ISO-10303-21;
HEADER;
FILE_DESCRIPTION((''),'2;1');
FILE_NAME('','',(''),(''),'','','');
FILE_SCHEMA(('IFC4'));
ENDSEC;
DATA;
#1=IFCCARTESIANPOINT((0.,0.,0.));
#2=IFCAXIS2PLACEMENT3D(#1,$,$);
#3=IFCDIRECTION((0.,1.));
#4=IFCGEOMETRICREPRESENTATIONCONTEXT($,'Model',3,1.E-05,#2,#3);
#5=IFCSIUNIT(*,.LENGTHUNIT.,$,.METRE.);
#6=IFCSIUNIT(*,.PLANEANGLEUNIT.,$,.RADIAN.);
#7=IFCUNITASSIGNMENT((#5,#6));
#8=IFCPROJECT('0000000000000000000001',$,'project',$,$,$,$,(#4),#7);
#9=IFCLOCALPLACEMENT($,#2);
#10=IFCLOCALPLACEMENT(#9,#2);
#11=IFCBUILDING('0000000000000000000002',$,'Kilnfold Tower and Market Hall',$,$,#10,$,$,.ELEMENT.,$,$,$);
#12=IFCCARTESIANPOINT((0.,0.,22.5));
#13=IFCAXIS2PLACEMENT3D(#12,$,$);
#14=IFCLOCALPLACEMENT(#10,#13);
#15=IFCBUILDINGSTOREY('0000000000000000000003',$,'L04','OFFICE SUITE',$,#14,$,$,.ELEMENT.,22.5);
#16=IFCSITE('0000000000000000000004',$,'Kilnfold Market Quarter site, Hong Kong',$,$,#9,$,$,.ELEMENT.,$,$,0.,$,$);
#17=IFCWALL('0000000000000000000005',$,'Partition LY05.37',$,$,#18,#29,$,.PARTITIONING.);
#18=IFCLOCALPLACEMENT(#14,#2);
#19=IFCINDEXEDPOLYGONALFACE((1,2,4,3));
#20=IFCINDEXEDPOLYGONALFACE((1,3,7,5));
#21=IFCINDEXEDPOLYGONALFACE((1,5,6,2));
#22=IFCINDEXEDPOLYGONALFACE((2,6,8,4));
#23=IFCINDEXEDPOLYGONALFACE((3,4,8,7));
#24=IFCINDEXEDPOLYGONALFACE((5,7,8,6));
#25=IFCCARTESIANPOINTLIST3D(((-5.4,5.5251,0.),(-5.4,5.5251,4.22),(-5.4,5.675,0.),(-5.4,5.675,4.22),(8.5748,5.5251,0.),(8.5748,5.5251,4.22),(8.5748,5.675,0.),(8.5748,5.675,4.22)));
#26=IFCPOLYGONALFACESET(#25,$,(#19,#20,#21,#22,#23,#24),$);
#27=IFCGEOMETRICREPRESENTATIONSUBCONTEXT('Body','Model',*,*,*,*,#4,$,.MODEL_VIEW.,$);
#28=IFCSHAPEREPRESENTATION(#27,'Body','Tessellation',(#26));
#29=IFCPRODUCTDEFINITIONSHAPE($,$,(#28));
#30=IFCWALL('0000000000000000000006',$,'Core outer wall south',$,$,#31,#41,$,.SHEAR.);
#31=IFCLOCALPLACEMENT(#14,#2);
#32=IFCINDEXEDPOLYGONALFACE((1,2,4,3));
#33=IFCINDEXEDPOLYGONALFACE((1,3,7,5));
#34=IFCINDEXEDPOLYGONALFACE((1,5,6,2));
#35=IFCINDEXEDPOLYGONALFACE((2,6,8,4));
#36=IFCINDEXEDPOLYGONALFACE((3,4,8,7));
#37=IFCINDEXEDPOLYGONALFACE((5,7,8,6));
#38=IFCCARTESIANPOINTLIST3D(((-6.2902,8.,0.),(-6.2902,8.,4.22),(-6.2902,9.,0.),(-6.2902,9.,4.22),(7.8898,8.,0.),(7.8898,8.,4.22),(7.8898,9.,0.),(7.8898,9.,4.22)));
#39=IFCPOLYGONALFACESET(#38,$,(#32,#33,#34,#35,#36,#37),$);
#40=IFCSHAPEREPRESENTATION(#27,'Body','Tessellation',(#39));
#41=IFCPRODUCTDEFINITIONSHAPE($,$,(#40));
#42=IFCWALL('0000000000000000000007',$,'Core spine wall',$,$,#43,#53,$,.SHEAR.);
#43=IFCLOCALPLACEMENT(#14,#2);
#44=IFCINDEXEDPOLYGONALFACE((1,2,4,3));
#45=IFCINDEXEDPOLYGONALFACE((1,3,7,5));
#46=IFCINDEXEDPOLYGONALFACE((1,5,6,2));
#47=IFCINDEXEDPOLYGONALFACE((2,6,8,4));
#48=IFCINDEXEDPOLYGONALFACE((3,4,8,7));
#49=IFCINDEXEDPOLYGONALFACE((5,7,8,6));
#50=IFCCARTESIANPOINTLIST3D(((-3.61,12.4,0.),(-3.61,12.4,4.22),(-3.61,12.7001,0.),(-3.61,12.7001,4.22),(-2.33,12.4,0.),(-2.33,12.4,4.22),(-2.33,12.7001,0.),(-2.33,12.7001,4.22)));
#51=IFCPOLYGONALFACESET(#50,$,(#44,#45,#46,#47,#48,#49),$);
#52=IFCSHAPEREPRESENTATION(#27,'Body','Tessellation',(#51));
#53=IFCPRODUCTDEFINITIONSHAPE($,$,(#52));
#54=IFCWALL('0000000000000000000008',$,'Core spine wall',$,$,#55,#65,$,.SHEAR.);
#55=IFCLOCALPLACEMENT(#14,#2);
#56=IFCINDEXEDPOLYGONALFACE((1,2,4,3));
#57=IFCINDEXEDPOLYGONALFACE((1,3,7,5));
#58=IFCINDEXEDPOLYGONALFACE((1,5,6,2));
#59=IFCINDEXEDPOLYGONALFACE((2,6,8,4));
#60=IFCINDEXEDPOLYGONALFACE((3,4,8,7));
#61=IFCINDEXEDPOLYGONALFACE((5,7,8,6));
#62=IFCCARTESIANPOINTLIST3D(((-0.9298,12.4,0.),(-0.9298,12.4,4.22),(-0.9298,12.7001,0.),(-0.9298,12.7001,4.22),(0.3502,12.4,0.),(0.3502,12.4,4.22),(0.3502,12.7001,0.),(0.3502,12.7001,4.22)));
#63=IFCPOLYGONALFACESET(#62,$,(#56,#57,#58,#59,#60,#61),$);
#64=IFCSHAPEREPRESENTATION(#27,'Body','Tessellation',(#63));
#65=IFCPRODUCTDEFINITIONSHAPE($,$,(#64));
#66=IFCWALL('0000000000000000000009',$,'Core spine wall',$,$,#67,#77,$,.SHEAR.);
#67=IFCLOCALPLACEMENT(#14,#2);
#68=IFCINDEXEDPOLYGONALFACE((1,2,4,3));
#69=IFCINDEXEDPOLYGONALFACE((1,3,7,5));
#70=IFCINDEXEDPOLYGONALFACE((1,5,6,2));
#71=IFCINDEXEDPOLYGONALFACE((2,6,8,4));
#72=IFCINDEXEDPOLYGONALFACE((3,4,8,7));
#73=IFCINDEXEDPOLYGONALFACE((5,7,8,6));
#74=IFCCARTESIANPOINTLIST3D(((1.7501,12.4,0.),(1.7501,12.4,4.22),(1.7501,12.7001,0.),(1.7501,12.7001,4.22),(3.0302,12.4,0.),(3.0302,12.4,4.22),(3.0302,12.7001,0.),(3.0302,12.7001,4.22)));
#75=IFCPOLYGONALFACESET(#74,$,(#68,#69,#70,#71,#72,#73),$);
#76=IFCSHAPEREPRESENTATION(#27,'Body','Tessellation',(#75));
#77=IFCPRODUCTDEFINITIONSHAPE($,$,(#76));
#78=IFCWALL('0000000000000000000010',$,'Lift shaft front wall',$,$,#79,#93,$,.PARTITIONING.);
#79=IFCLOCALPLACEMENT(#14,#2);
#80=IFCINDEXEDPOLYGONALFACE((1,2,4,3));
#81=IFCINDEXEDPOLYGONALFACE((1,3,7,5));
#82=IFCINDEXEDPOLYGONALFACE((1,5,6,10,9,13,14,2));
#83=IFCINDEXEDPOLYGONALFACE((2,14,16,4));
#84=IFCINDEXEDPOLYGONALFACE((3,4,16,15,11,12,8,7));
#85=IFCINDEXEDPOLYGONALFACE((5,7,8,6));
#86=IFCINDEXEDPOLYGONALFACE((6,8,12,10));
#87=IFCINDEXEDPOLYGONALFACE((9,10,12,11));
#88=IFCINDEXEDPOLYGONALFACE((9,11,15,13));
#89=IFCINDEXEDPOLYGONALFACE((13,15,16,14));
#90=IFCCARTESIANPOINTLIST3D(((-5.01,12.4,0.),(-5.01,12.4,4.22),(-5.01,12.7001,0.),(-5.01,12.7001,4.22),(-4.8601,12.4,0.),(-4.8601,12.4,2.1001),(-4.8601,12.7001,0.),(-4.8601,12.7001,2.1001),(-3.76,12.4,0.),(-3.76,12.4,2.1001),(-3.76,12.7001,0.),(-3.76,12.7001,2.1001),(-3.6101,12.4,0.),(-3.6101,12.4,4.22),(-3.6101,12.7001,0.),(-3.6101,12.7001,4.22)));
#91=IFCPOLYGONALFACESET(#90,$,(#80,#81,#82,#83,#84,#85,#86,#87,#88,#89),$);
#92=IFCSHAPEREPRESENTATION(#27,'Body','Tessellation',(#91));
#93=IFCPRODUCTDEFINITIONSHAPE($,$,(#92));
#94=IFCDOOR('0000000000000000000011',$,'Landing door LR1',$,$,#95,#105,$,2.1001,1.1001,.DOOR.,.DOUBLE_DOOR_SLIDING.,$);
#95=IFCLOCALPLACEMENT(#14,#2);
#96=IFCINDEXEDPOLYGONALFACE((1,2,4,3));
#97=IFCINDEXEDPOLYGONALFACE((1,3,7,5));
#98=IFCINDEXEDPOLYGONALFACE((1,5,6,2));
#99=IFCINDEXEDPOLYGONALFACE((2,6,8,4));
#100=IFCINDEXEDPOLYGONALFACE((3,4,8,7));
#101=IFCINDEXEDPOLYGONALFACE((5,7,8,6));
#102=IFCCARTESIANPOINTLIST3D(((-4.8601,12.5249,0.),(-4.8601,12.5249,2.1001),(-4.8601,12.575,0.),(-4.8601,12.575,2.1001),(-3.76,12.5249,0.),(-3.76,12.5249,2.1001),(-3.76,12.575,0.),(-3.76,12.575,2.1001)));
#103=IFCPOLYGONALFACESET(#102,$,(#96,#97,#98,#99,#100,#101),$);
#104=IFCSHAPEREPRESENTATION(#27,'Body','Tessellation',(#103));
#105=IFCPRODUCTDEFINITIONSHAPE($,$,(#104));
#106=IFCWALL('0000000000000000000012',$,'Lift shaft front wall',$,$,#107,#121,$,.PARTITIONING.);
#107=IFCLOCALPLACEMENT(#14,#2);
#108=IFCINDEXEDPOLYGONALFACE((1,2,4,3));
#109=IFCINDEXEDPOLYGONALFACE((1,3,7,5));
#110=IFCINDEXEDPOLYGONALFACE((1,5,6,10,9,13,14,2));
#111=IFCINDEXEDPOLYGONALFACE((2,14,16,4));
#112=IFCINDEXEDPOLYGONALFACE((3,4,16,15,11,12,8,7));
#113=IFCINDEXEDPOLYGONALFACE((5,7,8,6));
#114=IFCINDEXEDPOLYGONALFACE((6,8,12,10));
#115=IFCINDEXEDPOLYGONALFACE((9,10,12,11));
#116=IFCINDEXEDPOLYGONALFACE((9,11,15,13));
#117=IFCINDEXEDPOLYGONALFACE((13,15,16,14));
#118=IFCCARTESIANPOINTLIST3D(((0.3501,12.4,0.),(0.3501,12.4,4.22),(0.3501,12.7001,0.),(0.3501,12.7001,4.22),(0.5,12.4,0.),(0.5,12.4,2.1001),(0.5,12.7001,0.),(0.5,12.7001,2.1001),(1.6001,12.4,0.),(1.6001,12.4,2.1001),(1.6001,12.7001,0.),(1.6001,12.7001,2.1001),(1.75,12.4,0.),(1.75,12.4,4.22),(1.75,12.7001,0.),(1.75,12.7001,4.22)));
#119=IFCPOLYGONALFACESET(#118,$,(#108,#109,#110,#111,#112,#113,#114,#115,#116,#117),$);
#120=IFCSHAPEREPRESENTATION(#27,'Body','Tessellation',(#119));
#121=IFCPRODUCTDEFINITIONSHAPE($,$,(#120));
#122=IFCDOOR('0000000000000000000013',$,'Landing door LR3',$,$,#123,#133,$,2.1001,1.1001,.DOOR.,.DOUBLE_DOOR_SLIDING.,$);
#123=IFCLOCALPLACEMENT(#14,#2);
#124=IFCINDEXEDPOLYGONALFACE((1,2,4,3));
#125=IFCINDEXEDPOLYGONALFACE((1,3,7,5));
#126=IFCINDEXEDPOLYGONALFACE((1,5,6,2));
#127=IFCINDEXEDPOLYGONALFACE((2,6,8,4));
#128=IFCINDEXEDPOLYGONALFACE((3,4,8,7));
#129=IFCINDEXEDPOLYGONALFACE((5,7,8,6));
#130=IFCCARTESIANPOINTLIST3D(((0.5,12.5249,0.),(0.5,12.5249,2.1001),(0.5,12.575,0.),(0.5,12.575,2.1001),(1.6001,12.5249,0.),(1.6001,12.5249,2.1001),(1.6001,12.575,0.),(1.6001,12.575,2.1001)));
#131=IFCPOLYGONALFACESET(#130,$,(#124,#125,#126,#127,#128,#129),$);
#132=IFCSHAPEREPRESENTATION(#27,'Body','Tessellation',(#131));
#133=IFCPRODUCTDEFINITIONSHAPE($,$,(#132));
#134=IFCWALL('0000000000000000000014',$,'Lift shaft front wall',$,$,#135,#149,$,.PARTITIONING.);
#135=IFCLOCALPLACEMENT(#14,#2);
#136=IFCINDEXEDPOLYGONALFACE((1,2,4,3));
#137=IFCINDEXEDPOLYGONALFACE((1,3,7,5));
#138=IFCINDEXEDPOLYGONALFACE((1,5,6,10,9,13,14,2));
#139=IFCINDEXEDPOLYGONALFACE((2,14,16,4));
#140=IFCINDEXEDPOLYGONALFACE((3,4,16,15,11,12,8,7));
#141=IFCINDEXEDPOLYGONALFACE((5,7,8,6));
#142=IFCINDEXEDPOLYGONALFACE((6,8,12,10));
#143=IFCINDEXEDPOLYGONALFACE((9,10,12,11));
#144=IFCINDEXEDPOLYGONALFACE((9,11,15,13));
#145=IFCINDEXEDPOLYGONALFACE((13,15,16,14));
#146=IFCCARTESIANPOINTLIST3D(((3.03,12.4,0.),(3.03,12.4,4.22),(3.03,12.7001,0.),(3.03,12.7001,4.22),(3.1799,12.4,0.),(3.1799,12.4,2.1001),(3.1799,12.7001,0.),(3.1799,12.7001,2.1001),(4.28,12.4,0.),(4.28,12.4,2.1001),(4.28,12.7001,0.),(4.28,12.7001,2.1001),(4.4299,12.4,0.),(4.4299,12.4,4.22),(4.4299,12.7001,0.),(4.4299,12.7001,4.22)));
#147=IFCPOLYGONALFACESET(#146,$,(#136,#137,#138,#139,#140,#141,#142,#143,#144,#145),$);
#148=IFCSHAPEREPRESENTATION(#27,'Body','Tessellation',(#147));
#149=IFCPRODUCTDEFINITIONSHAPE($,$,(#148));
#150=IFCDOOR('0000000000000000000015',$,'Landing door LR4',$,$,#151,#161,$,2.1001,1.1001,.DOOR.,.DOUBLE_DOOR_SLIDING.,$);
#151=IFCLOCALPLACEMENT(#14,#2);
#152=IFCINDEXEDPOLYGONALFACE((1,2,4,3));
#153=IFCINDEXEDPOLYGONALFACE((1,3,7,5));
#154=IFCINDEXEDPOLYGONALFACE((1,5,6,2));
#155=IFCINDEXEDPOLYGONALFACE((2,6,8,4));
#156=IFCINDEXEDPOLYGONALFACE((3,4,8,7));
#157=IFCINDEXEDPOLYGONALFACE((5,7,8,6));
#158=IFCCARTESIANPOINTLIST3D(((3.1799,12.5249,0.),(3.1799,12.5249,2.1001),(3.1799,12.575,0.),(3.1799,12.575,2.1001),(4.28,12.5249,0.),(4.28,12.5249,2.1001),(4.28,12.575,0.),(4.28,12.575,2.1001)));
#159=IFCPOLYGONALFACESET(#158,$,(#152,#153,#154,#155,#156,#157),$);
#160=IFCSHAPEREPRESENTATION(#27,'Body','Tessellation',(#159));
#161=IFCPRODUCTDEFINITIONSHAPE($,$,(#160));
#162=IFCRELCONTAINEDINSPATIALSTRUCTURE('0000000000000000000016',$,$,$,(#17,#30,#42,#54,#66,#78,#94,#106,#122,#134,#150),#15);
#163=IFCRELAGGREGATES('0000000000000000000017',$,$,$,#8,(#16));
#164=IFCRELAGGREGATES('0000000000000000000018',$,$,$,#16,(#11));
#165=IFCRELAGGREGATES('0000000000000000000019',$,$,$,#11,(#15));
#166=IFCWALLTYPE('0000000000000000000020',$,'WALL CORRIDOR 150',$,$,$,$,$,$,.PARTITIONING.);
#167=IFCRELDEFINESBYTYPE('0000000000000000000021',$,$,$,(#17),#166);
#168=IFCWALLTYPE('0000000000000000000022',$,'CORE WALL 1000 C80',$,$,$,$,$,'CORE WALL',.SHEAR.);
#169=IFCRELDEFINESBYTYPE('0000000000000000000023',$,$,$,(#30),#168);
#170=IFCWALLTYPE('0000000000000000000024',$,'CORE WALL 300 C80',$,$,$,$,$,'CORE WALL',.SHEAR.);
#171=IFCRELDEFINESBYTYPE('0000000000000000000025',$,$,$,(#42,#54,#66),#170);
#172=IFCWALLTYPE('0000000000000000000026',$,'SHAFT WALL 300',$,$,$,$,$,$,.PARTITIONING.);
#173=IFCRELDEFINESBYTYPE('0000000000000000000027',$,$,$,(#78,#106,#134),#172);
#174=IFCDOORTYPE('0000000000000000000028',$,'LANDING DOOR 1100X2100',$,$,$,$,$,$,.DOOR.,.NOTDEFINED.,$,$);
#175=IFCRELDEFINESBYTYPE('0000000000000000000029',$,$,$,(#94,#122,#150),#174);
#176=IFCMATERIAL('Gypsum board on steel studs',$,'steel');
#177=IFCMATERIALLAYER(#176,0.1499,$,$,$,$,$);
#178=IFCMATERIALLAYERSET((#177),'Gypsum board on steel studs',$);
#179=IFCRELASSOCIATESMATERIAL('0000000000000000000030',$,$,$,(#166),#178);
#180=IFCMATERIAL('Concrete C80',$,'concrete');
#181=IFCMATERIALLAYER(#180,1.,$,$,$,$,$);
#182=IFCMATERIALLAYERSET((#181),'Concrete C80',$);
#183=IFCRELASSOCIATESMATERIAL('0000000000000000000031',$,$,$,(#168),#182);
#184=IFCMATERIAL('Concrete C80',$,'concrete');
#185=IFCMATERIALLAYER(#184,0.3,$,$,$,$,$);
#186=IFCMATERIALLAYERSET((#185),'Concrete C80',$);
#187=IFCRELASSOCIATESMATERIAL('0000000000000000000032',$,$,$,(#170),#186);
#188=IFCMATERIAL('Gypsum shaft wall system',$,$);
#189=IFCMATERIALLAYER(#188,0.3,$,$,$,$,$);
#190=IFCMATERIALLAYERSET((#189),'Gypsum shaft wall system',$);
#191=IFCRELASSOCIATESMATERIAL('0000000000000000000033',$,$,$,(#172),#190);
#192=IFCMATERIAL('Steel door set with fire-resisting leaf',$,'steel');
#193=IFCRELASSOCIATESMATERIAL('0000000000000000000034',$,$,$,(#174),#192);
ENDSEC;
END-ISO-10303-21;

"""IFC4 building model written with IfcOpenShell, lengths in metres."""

from ifc_helpers import new_model, si_unit, direction, frame, frame_2d, origin, place, context, subcontext, project, spatial, rectangle, extrude, source, transform, mapped, material, layer, layer_set, type_object, element, fill, save


model = new_model("IFC4")

# Units and contexts
model_context = context("Model", 3, precision=1e-05, world=origin(), true_north=direction((0.0, 1.0)))
body_context = subcontext(model_context, "Body", "Model", "MODEL_VIEW")
ifc_project = project(units=[si_unit("LENGTHUNIT", "METRE"), si_unit("PLANEANGLEUNIT", "RADIAN")], contexts=[model_context])

# Site, building, storey
site_placement = place(None, origin())
site = spatial("IfcSite", under=ifc_project, at=site_placement, Name="Kilnfold Market Quarter site, Hong Kong", CompositionType="ELEMENT", RefElevation=0.0)
building_placement = place(site_placement, origin())
building = spatial("IfcBuilding", under=site, at=building_placement, Name="Kilnfold Tower and Market Hall", CompositionType="ELEMENT")
storey_placement = place(building_placement, frame((0.0, 0.0, 22.5)))
storey = spatial("IfcBuildingStorey", under=building, at=storey_placement, Name="L04", Description="OFFICE SUITE", CompositionType="ELEMENT", Elevation=22.5)

# Walls
ifc_material_1 = material(Name="Gypsum board on steel studs", Category="steel")
ifc_layer_1 = layer(ifc_material_1, 0.1499)
ifc_layer_set_1 = layer_set([ifc_layer_1], Name="Gypsum board on steel studs")
wall_type_1 = type_object("IfcWallType", Name="WALL CORRIDOR 150", PredefinedType="PARTITIONING", material=ifc_layer_set_1)
wall_1_placement = place(storey_placement, frame((-5.3999, 5.6001, 0.0), z_axis=(0.0, 0.0, 1.0), x_axis=(1.0, 0.0, 0.0)))
element("IfcWall", 1, at=wall_1_placement, inside=storey, type_object=wall_type_1, Name="Partition LY05.37", PredefinedType="PARTITIONING", context=body_context, shape_type="SweptSolid", body=[
    extrude(rectangle(XDim=13.9749, YDim=0.1499, at=frame_2d((6.9873, 0.0))), origin(), (0.0, 0.0, 1.0), 4.22),
])
ifc_material_2 = material(Name="Concrete C80", Category="concrete")
ifc_layer_2 = layer(ifc_material_2, 1.0)
ifc_layer_set_2 = layer_set([ifc_layer_2], Name="Concrete C80")
wall_type_2 = type_object("IfcWallType", Name="CORE WALL 1000 C80", ElementType="CORE WALL", PredefinedType="SHEAR", material=ifc_layer_set_2)
shared_shape_1 = source(origin(), body_context, "Body", "SweptSolid", [
    extrude(rectangle(XDim=14.1799, YDim=1.0, at=frame_2d((7.0898, 0.0))), origin(), (0.0, 0.0, 1.0), 4.22),
])
wall_2_placement = place(storey_placement, frame((-6.29, 8.5, 0.0), z_axis=(0.0, 0.0, 1.0), x_axis=(1.0, 0.0, 0.0)))
element("IfcWall", 2, at=wall_2_placement, inside=storey, type_object=wall_type_2, Name="Core outer wall south", PredefinedType="SHEAR", context=body_context, shape_type="MappedRepresentation", body=[
    mapped(shared_shape_1, transform((0.0, 0.0, 0.0))),
])
ifc_material_3 = material(Name="Concrete C80", Category="concrete")
ifc_layer_3 = layer(ifc_material_3, 0.3)
ifc_layer_set_3 = layer_set([ifc_layer_3], Name="Concrete C80")
wall_type_3 = type_object("IfcWallType", Name="CORE WALL 300 C80", ElementType="CORE WALL", PredefinedType="SHEAR", material=ifc_layer_set_3)
shared_shape_2 = source(origin(), body_context, "Body", "SweptSolid", [
    extrude(rectangle(XDim=1.28, YDim=0.3, at=frame_2d((0.6401, 0.0))), origin(), (0.0, 0.0, 1.0), 4.22),
])
for number, where, z_axis, x_axis, name in (
    (3, (-3.6101, 12.55, 0.0), (0.0, 0.0, 1.0), (1.0, 0.0, 0.0), "Core spine wall"),
    (4, (-0.9299, 12.55, 0.0), (0.0, 0.0, 1.0), (1.0, 0.0, 0.0), "Core spine wall"),
    (5, (1.75, 12.55, 0.0), (0.0, 0.0, 1.0), (1.0, 0.0, 0.0), "Core spine wall"),
):
    element("IfcWall", number, at=place(storey_placement, frame(where, z_axis=z_axis, x_axis=x_axis)), inside=storey, type_object=wall_type_3, Name=name, PredefinedType="SHEAR", context=body_context, shape_type="MappedRepresentation", body=[
        mapped(shared_shape_2, transform((0.0, 0.0, 0.0))),
    ])

# Walls, openings, doors
ifc_material_4 = material(Name="Gypsum shaft wall system")
ifc_layer_4 = layer(ifc_material_4, 0.3)
ifc_layer_set_4 = layer_set([ifc_layer_4], Name="Gypsum shaft wall system")
wall_type_4 = type_object("IfcWallType", Name="SHAFT WALL 300", PredefinedType="PARTITIONING", material=ifc_layer_set_4)
shared_shape_3 = source(origin(), body_context, "Body", "SweptSolid", [
    extrude(rectangle(XDim=1.3999, YDim=0.3, at=frame_2d((0.7, 0.0))), origin(), (0.0, 0.0, 1.0), 4.22),
])
wall_3_placement = place(storey_placement, frame((-5.01, 12.55, 0.0), z_axis=(0.0, 0.0, 1.0), x_axis=(1.0, 0.0, 0.0)))
wall_3 = element("IfcWall", 6, at=wall_3_placement, inside=storey, type_object=wall_type_4, Name="Lift shaft front wall", PredefinedType="PARTITIONING", context=body_context, shape_type="MappedRepresentation", body=[
    mapped(shared_shape_3, transform((0.0, 0.0, 0.0))),
])
opening_1_placement = place(wall_3_placement, frame((0.1499, 0.0, 0.0)))
opening_1 = element("IfcOpeningElement", 7, at=opening_1_placement, cuts=wall_3, PredefinedType="OPENING", context=body_context, shape_type="SweptSolid", body=[
    extrude(rectangle(XDim=1.1001, YDim=2.1001, at=frame_2d((0.55, 1.05))), frame((0.0, 0.1602, 0.0), z_axis=(0.0, -1.0, 0.0), x_axis=(1.0, 0.0, 0.0)), (0.0, 0.0, 1.0), 0.3201),
])
ifc_material_5 = material(Name="Steel door set with fire-resisting leaf", Category="steel")
door_type = type_object("IfcDoorType", Name="LANDING DOOR 1100X2100", OperationType="NOTDEFINED", PredefinedType="DOOR", material=ifc_material_5)
door_1_placement = place(opening_1_placement, origin())
door_1 = element("IfcDoor", 8, at=door_1_placement, inside=storey, type_object=door_type, Name="Landing door LR1", OperationType="DOUBLE_DOOR_SLIDING", OverallHeight=2.1001, OverallWidth=1.1001, PredefinedType="DOOR", context=body_context, shape_type="SweptSolid", body=[
    extrude(rectangle(XDim=1.1001, YDim=2.1001, at=frame_2d((0.55, 1.05))), frame((0.0, 0.0249, 0.0), z_axis=(0.0, -1.0, 0.0), x_axis=(1.0, 0.0, 0.0)), (0.0, 0.0, 1.0), 0.05),
])
fill(opening_1, door_1)
wall_4_placement = place(storey_placement, frame((0.3501, 12.55, 0.0), z_axis=(0.0, 0.0, 1.0), x_axis=(1.0, 0.0, 0.0)))
wall_4 = element("IfcWall", 9, at=wall_4_placement, inside=storey, type_object=wall_type_4, Name="Lift shaft front wall", PredefinedType="PARTITIONING", context=body_context, shape_type="MappedRepresentation", body=[
    mapped(shared_shape_3, transform((0.0, 0.0, 0.0))),
])
opening_2_placement = place(wall_4_placement, frame((0.1499, 0.0, 0.0)))
opening_2 = element("IfcOpeningElement", 10, at=opening_2_placement, cuts=wall_4, PredefinedType="OPENING", context=body_context, shape_type="SweptSolid", body=[
    extrude(rectangle(XDim=1.1001, YDim=2.1001, at=frame_2d((0.55, 1.05))), frame((0.0, 0.1602, 0.0), z_axis=(0.0, -1.0, 0.0), x_axis=(1.0, 0.0, 0.0)), (0.0, 0.0, 1.0), 0.3201),
])
door_2_placement = place(opening_2_placement, origin())
door_2 = element("IfcDoor", 11, at=door_2_placement, inside=storey, type_object=door_type, Name="Landing door LR3", OperationType="DOUBLE_DOOR_SLIDING", OverallHeight=2.1001, OverallWidth=1.1001, PredefinedType="DOOR", context=body_context, shape_type="SweptSolid", body=[
    extrude(rectangle(XDim=1.1001, YDim=2.1001, at=frame_2d((0.55, 1.05))), frame((0.0, 0.0249, 0.0), z_axis=(0.0, -1.0, 0.0), x_axis=(1.0, 0.0, 0.0)), (0.0, 0.0, 1.0), 0.05),
])
fill(opening_2, door_2)
wall_5_placement = place(storey_placement, frame((3.03, 12.55, 0.0), z_axis=(0.0, 0.0, 1.0), x_axis=(1.0, 0.0, 0.0)))
wall_5 = element("IfcWall", 12, at=wall_5_placement, inside=storey, type_object=wall_type_4, Name="Lift shaft front wall", PredefinedType="PARTITIONING", context=body_context, shape_type="MappedRepresentation", body=[
    mapped(shared_shape_3, transform((0.0, 0.0, 0.0))),
])
opening_3_placement = place(wall_5_placement, frame((0.1499, 0.0, 0.0)))
opening_3 = element("IfcOpeningElement", 13, at=opening_3_placement, cuts=wall_5, PredefinedType="OPENING", context=body_context, shape_type="SweptSolid", body=[
    extrude(rectangle(XDim=1.1001, YDim=2.1001, at=frame_2d((0.55, 1.05))), frame((0.0, 0.1602, 0.0), z_axis=(0.0, -1.0, 0.0), x_axis=(1.0, 0.0, 0.0)), (0.0, 0.0, 1.0), 0.3201),
])
door_3_placement = place(opening_3_placement, origin())
door_3 = element("IfcDoor", 14, at=door_3_placement, inside=storey, type_object=door_type, Name="Landing door LR4", OperationType="DOUBLE_DOOR_SLIDING", OverallHeight=2.1001, OverallWidth=1.1001, PredefinedType="DOOR", context=body_context, shape_type="SweptSolid", body=[
    extrude(rectangle(XDim=1.1001, YDim=2.1001, at=frame_2d((0.55, 1.05))), frame((0.0, 0.0249, 0.0), z_axis=(0.0, -1.0, 0.0), x_axis=(1.0, 0.0, 0.0)), (0.0, 0.0, 1.0), 0.05),
])
fill(opening_3, door_3)

save(model, "model.ifc")
